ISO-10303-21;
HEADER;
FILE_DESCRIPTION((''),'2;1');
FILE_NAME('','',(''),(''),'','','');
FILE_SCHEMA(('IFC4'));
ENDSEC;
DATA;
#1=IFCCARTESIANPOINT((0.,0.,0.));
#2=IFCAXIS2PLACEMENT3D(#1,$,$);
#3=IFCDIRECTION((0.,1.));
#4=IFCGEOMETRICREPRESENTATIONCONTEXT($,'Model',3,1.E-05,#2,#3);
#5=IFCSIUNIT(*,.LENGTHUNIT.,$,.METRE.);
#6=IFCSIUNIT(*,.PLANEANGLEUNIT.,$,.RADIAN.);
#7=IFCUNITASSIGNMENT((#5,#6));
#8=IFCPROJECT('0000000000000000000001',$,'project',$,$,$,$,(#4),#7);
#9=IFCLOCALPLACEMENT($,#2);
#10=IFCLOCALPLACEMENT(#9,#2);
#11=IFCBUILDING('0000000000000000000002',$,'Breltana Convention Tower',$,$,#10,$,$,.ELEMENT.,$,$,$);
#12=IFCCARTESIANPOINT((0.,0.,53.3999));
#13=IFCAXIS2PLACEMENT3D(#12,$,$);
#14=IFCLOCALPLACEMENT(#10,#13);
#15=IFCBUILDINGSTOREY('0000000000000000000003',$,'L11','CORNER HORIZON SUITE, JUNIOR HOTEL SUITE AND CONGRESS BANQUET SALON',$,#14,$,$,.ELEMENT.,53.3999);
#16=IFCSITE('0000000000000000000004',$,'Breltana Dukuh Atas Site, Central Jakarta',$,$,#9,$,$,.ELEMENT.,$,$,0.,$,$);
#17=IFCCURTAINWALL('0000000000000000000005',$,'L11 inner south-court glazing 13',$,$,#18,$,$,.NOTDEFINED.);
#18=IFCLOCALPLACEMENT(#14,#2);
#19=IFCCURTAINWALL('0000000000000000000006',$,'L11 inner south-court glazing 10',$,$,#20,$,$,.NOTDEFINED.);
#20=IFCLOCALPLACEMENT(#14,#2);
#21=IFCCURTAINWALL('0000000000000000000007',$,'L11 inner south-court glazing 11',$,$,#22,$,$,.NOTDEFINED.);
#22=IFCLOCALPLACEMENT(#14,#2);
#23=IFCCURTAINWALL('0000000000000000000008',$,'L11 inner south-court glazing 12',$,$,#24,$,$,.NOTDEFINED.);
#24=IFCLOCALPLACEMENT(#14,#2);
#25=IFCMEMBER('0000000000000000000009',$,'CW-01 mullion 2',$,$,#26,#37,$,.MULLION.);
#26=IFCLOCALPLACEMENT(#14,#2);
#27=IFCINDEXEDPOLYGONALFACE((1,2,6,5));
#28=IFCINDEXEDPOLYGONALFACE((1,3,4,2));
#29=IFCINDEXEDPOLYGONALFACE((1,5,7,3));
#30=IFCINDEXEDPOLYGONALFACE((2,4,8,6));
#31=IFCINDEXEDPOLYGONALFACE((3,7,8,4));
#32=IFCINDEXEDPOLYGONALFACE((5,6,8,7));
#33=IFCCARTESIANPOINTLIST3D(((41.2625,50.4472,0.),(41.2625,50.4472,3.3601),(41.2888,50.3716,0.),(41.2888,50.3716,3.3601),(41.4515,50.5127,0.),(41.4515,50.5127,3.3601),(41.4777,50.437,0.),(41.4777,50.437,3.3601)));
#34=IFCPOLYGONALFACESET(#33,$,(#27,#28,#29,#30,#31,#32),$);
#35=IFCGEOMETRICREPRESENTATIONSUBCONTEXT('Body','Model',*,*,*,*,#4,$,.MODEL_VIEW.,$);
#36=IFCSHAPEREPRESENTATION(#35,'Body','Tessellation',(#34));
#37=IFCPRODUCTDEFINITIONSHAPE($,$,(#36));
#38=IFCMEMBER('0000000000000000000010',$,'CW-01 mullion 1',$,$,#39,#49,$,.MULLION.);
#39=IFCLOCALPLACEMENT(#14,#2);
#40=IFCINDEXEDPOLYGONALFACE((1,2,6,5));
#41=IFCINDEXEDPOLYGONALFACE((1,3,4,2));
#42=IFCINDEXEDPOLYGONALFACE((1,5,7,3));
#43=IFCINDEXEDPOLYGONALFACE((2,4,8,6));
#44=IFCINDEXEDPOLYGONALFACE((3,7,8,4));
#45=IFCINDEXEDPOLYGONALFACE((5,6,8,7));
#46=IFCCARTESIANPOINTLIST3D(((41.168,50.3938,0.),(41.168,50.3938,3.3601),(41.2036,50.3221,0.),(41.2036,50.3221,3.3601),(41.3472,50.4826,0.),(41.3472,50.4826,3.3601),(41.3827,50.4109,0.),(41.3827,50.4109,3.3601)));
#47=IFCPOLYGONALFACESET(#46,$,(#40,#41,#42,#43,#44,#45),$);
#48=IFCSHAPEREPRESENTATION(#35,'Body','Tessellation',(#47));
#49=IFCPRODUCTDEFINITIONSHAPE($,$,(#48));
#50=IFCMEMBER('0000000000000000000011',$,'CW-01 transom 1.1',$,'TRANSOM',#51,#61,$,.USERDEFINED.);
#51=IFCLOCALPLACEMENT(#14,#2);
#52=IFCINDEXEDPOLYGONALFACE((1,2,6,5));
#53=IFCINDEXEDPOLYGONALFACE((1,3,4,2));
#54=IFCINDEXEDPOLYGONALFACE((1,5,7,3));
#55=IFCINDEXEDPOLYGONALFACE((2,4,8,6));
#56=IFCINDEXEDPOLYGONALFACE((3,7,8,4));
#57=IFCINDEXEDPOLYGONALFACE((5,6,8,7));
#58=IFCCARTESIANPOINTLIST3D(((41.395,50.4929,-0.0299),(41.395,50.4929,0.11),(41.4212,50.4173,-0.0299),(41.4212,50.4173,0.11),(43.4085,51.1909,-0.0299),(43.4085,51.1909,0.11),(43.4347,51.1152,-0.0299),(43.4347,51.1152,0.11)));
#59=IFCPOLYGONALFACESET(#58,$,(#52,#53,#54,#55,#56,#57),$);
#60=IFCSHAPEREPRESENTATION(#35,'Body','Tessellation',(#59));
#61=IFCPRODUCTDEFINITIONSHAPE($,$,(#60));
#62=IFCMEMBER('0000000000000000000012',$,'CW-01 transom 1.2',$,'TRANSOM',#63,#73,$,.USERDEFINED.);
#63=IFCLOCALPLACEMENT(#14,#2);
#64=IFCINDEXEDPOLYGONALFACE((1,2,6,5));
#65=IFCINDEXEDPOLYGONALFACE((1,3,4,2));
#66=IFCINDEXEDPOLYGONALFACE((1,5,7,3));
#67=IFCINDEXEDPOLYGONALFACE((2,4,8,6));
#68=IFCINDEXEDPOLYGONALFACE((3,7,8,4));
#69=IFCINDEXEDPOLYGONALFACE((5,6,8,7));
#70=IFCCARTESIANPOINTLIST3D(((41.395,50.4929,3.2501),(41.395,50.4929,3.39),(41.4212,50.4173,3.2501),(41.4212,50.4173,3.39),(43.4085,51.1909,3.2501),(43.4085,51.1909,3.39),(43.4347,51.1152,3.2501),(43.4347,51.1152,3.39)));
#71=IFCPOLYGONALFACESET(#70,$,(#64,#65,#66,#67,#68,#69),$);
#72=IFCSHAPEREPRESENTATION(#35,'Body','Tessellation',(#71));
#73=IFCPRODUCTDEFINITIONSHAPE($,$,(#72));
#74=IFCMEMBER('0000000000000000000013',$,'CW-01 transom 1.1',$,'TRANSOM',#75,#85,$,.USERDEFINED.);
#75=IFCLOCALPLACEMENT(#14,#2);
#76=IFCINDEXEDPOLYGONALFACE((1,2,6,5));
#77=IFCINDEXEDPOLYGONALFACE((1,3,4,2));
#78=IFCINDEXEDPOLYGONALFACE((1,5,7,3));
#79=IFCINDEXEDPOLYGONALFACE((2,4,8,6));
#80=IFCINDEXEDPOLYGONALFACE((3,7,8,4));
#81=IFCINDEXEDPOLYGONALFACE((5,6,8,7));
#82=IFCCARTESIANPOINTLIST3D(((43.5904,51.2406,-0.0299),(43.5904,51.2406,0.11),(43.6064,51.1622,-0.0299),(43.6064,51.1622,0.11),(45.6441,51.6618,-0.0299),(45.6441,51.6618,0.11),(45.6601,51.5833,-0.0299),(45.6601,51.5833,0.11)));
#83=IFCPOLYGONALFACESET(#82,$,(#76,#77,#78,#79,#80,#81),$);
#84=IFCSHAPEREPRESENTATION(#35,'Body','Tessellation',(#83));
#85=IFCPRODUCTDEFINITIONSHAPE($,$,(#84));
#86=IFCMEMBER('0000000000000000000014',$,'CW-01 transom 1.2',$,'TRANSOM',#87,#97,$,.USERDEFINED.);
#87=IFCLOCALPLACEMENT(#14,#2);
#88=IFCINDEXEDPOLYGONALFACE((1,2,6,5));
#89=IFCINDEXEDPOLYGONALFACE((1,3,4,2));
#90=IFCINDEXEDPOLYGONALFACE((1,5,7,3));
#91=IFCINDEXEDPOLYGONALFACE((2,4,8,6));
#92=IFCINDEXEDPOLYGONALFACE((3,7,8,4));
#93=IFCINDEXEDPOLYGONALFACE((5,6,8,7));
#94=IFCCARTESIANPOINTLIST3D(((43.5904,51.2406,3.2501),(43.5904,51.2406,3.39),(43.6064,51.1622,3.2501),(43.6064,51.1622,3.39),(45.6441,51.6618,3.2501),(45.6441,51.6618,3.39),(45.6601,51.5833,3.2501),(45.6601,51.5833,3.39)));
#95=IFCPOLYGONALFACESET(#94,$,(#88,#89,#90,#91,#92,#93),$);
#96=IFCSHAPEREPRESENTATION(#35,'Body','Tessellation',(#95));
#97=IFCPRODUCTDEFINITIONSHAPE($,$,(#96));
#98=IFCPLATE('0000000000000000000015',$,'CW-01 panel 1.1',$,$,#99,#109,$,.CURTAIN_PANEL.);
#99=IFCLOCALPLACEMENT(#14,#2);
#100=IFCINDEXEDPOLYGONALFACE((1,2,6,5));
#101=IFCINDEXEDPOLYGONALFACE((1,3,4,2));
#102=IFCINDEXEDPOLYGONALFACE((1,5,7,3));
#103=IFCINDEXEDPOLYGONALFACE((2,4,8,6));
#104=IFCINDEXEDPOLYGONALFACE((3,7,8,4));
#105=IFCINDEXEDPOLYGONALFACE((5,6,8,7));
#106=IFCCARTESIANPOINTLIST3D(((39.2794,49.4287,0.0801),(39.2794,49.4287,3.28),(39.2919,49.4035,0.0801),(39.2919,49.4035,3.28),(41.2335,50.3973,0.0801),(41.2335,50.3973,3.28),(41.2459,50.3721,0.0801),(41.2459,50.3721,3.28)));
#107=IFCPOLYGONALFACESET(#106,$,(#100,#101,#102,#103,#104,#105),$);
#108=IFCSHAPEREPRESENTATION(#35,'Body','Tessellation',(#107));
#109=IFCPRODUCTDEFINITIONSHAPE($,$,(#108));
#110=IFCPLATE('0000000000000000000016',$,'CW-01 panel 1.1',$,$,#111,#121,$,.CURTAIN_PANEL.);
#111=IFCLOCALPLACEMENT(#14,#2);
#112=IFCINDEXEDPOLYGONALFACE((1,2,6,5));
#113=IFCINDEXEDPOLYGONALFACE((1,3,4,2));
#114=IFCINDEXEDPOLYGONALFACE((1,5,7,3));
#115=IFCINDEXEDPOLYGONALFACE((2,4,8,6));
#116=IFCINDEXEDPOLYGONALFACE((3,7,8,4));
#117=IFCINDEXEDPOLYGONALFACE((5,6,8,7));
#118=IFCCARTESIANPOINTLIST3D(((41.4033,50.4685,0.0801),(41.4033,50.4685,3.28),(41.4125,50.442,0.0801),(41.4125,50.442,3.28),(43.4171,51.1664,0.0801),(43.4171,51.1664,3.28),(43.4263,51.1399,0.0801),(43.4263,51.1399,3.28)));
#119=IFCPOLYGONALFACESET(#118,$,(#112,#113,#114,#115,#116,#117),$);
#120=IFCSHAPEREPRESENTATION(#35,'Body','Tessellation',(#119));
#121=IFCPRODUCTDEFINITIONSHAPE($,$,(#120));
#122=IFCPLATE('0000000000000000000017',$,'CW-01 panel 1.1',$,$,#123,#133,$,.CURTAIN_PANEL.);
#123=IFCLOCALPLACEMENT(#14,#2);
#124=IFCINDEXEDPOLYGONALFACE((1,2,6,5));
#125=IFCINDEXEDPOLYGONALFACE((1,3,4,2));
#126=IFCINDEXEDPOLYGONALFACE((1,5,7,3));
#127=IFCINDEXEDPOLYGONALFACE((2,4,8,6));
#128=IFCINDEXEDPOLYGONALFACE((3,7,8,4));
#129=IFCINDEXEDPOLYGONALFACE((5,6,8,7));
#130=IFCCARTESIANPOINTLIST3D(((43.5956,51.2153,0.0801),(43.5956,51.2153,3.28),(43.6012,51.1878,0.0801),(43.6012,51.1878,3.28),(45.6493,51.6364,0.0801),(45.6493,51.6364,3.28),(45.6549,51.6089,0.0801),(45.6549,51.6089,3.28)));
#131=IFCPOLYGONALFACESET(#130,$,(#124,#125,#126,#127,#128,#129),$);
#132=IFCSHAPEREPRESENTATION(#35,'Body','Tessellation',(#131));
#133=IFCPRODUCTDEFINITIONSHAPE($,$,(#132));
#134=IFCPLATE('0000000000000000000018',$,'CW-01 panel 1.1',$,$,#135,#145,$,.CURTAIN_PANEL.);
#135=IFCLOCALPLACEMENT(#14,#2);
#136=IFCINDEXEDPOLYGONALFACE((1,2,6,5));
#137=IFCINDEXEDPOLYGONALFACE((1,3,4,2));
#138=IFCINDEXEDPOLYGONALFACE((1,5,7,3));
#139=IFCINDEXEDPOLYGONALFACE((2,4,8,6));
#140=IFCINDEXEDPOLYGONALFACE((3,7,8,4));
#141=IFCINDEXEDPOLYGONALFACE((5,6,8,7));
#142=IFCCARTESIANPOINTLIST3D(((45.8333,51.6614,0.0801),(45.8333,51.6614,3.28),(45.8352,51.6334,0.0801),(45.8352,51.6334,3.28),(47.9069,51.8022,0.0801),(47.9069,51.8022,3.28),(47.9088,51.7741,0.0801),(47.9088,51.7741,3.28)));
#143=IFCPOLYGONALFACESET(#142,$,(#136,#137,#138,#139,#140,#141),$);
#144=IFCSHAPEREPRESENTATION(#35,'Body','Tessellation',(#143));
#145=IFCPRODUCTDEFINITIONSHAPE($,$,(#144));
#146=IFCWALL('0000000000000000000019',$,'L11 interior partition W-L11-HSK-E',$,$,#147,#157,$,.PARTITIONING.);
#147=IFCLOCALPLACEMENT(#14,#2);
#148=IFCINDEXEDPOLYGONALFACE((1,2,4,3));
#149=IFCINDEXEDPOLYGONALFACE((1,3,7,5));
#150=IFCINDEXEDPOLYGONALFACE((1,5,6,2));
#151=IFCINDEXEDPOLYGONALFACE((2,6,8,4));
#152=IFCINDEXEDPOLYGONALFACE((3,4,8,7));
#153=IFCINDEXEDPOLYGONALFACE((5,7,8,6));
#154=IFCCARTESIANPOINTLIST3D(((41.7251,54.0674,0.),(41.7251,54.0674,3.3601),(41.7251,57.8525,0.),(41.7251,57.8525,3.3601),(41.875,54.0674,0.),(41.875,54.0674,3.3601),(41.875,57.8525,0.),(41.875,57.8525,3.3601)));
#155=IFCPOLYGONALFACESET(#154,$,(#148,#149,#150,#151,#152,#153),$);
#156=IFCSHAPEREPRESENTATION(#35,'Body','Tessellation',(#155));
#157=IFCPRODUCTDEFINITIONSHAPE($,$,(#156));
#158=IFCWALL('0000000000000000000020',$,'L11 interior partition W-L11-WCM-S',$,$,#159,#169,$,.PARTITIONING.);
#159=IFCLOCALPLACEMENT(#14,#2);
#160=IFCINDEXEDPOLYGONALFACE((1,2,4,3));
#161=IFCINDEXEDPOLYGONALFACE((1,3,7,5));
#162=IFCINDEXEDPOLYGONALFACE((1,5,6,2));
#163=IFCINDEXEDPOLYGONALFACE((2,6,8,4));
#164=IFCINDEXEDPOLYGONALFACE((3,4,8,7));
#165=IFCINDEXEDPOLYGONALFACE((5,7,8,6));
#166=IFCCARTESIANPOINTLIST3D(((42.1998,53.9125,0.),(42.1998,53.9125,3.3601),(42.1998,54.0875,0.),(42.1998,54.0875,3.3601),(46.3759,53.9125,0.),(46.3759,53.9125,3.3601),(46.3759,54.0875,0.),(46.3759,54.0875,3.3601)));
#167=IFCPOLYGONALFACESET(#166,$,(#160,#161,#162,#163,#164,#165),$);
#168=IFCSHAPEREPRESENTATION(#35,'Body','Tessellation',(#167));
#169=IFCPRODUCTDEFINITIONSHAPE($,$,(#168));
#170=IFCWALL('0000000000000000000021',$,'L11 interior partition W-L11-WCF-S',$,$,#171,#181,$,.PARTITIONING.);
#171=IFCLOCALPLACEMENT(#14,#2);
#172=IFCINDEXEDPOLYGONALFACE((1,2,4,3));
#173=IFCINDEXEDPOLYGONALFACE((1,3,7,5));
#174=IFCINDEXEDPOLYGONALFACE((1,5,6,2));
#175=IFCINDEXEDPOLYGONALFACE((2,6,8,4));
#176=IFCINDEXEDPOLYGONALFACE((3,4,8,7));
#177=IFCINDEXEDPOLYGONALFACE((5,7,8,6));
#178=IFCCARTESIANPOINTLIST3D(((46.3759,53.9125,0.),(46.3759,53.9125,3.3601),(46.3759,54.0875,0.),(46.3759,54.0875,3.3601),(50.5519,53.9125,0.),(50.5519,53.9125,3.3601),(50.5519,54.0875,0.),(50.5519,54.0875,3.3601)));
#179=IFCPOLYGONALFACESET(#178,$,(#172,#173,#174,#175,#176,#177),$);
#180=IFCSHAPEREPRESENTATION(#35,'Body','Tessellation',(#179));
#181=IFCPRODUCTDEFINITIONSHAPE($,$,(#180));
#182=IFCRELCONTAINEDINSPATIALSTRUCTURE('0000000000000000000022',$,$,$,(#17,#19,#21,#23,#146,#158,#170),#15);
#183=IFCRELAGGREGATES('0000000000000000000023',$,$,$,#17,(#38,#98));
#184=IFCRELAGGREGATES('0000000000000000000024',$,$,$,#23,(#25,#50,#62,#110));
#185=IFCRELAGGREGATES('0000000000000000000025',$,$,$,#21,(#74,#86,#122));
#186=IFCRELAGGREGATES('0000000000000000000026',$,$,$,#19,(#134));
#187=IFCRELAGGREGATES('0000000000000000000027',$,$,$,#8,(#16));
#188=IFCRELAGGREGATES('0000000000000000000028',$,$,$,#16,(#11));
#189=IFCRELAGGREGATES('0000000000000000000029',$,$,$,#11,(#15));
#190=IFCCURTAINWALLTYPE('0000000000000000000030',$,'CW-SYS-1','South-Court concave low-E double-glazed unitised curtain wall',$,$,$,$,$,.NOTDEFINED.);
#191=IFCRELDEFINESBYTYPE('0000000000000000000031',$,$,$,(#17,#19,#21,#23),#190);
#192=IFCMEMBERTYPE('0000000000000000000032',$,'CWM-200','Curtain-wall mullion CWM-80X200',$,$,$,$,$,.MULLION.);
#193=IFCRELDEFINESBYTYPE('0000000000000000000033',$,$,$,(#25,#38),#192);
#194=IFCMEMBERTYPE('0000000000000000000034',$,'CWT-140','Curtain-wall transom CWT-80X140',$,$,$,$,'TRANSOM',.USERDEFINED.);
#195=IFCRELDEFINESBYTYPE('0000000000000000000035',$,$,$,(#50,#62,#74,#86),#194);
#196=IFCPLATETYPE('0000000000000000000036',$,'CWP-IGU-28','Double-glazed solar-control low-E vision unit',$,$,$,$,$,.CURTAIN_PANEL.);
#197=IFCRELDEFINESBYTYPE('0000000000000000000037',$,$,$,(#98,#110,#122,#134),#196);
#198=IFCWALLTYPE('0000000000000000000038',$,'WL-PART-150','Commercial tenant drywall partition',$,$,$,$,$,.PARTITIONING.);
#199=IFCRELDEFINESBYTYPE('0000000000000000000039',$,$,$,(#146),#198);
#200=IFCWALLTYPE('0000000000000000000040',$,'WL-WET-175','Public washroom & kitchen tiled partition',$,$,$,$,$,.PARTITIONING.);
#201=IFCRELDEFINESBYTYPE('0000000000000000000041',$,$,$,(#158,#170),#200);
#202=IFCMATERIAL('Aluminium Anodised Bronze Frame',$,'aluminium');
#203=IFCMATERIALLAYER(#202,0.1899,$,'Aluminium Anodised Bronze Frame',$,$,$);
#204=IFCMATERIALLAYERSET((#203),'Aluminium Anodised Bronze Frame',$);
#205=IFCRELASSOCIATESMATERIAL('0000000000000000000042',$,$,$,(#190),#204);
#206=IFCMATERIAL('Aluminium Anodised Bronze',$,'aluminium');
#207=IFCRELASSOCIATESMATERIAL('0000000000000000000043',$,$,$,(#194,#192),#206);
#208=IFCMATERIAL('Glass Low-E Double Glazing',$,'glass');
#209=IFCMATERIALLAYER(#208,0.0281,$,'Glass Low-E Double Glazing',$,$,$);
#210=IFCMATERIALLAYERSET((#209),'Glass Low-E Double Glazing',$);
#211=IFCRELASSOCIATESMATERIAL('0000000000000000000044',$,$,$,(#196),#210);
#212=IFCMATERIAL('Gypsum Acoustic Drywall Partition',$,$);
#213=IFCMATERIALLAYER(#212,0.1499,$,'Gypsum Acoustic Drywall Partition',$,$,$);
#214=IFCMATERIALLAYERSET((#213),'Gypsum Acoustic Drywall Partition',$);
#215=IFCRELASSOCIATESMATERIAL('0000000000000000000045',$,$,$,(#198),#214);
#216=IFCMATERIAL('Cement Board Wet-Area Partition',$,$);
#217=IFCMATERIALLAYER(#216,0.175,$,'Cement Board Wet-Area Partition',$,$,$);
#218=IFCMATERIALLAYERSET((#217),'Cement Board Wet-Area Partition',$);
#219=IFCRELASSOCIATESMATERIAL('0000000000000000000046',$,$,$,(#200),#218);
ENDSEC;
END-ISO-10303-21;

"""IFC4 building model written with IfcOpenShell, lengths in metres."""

from ifc_helpers import new_model, si_unit, direction, frame, frame_2d, origin, origin_2d, place, context, subcontext, project, spatial, rectangle, extrude, source, transform, mapped, material, layer, layer_set, material_profile, profile_set, type_object, element, aggregate, save


model = new_model("IFC4")

# Units and contexts
model_context = context("Model", 3, precision=1e-05, world=origin(), true_north=direction((0.0, 1.0)))
body_context = subcontext(model_context, "Body", "Model", "MODEL_VIEW")
ifc_project = project(units=[si_unit("LENGTHUNIT", "METRE"), si_unit("PLANEANGLEUNIT", "RADIAN")], contexts=[model_context])

# Site, building, storey
site_placement = place(None, origin())
site = spatial("IfcSite", under=ifc_project, at=site_placement, Name="Breltana Dukuh Atas Site, Central Jakarta", CompositionType="ELEMENT", RefElevation=0.0)
building_placement = place(site_placement, origin())
building = spatial("IfcBuilding", under=site, at=building_placement, Name="Breltana Convention Tower", CompositionType="ELEMENT")
storey_placement = place(building_placement, frame((0.0, 0.0, 53.3999)))
storey = spatial("IfcBuildingStorey", under=building, at=storey_placement, Name="L11", Description="CORNER HORIZON SUITE, JUNIOR HOTEL SUITE AND CONGRESS BANQUET SALON", CompositionType="ELEMENT", Elevation=53.3999)

# Curtain walls, member
ifc_material_1 = material(Name="Aluminium Anodised Bronze Frame", Category="aluminium")
ifc_layer_1 = layer(ifc_material_1, 0.1899, Name="Aluminium Anodised Bronze Frame")
ifc_layer_set_1 = layer_set([ifc_layer_1], Name="Aluminium Anodised Bronze Frame")
curtain_wall_type = type_object("IfcCurtainWallType", Name="CW-SYS-1", Description="South-Court concave low-E double-glazed unitised curtain wall", PredefinedType="NOTDEFINED", material=ifc_layer_set_1)
curtain_wall_1_placement = place(storey_placement, origin())
curtain_wall_1 = element("IfcCurtainWall", 1, at=curtain_wall_1_placement, inside=storey, type_object=curtain_wall_type, Name="L11 inner south-court glazing 13", PredefinedType="NOTDEFINED")
ifc_material_2 = material(Name="Aluminium Anodised Bronze", Category="aluminium")
ifc_material_profile_1 = material_profile(ifc_material_2, rectangle(XDim=0.0801, YDim=0.1399, at=origin_2d()), Name="CWT-80X140")
ifc_profile_set_1 = profile_set([ifc_material_profile_1], Name="Aluminium Anodised Bronze")
member_type_1 = type_object("IfcMemberType", Name="CWT-140", Description="Curtain-wall transom CWT-80X140", ElementType="TRANSOM", PredefinedType="USERDEFINED", material=ifc_profile_set_1)
curtain_wall_2_placement = place(storey_placement, origin())
curtain_wall_2 = element("IfcCurtainWall", 2, at=curtain_wall_2_placement, inside=storey, type_object=curtain_wall_type, Name="L11 inner south-court glazing 10", PredefinedType="NOTDEFINED")
ifc_material_profile_2 = material_profile(ifc_material_2, rectangle(XDim=0.0801, YDim=0.2, at=origin_2d()), Name="CWM-80X200")
ifc_profile_set_2 = profile_set([ifc_material_profile_2], Name="Aluminium Anodised Bronze")
member_type_2 = type_object("IfcMemberType", Name="CWM-200", Description="Curtain-wall mullion CWM-80X200", PredefinedType="MULLION", material=ifc_profile_set_2)
shared_shape_1 = source(origin(), body_context, "Body", "SweptSolid", [
    extrude(rectangle(XDim=0.0801, YDim=0.2, at=origin_2d()), origin(), (0.0, 0.0, 1.0), 3.3601),
])
curtain_wall_3_placement = place(storey_placement, origin())
curtain_wall_3 = element("IfcCurtainWall", 3, at=curtain_wall_3_placement, inside=storey, type_object=curtain_wall_type, Name="L11 inner south-court glazing 11", PredefinedType="NOTDEFINED")
curtain_wall_4_placement = place(storey_placement, origin())
curtain_wall_4 = element("IfcCurtainWall", 4, at=curtain_wall_4_placement, inside=storey, type_object=curtain_wall_type, Name="L11 inner south-court glazing 12", PredefinedType="NOTDEFINED")
member_1_placement = place(storey_placement, frame((41.3701, 50.4421, 0.0), z_axis=(0.0, 0.0, 1.0), x_axis=(0.327413, -0.944881, 0.0)))
member_1 = element("IfcMember", 5, at=member_1_placement, type_object=member_type_2, Name="CW-01 mullion 2", PredefinedType="MULLION", context=body_context, shape_type="MappedRepresentation", body=[
    mapped(shared_shape_1, transform((0.0, 0.0, 0.0), scale=1.0)),
])

# Members
member_2_placement = place(storey_placement, frame((41.2754, 50.4023, 0.0), z_axis=(0.0, 0.0, 1.0), x_axis=(0.444118, -0.895968, 0.0)))
member_2 = element("IfcMember", 6, at=member_2_placement, type_object=member_type_2, Name="CW-01 mullion 1", PredefinedType="MULLION", context=body_context, shape_type="MappedRepresentation", body=[
    mapped(shared_shape_1, transform((0.0, 0.0, 0.0), scale=1.0)),
])
shared_shape_2 = source(origin(), body_context, "Body", "SweptSolid", [
    extrude(rectangle(XDim=0.0801, YDim=0.1399, at=origin_2d()), origin(), (0.0, 0.0, 1.0), 2.1311),
])
member_3_placement = place(storey_placement, frame((43.4216, 51.1531, 0.04), z_axis=(-0.944847, -0.327512, 0.0), x_axis=(0.327512, -0.944847, 0.0)))
member_3 = element("IfcMember", 7, at=member_3_placement, type_object=member_type_1, Name="CW-01 transom 1.1", ObjectType="TRANSOM", PredefinedType="USERDEFINED", context=body_context, shape_type="MappedRepresentation", body=[
    mapped(shared_shape_2, transform((0.0, 0.0, 0.0), scale=1.0)),
])
member_4_placement = place(storey_placement, frame((43.4216, 51.1531, 3.3201), z_axis=(-0.944847, -0.327512, 0.0), x_axis=(0.327512, -0.944847, 0.0)))
member_4 = element("IfcMember", 8, at=member_4_placement, type_object=member_type_1, Name="CW-01 transom 1.2", ObjectType="TRANSOM", PredefinedType="USERDEFINED", context=body_context, shape_type="MappedRepresentation", body=[
    mapped(shared_shape_2, transform((0.0, 0.0, 0.0), scale=1.0)),
])
shared_shape_3 = source(origin(), body_context, "Body", "SweptSolid", [
    extrude(rectangle(XDim=0.0801, YDim=0.1399, at=origin_2d()), origin(), (0.0, 0.0, 1.0), 2.0964),
])
member_5_placement = place(storey_placement, frame((45.6521, 51.6226, 0.04), z_axis=(-0.979615, -0.200884, 0.0), x_axis=(0.200884, -0.979615, 0.0)))
member_5 = element("IfcMember", 9, at=member_5_placement, type_object=member_type_1, Name="CW-01 transom 1.1", ObjectType="TRANSOM", PredefinedType="USERDEFINED", context=body_context, shape_type="MappedRepresentation", body=[
    mapped(shared_shape_3, transform((0.0, 0.0, 0.0), scale=1.0)),
])
member_6_placement = place(storey_placement, frame((45.6521, 51.6226, 3.3201), z_axis=(-0.979615, -0.200884, 0.0), x_axis=(0.200884, -0.979615, 0.0)))
member_6 = element("IfcMember", 10, at=member_6_placement, type_object=member_type_1, Name="CW-01 transom 1.2", ObjectType="TRANSOM", PredefinedType="USERDEFINED", context=body_context, shape_type="MappedRepresentation", body=[
    mapped(shared_shape_3, transform((0.0, 0.0, 0.0), scale=1.0)),
])

# Plates
ifc_material_3 = material(Name="Glass Low-E Double Glazing", Category="glass")
ifc_layer_2 = layer(ifc_material_3, 0.0281, Name="Glass Low-E Double Glazing")
ifc_layer_set_2 = layer_set([ifc_layer_2], Name="Glass Low-E Double Glazing")
plate_type = type_object("IfcPlateType", Name="CWP-IGU-28", Description="Double-glazed solar-control low-E vision unit", PredefinedType="CURTAIN_PANEL", material=ifc_layer_set_2)
shared_shape_4 = source(origin(), body_context, "Body", "SweptSolid", [
    extrude(rectangle(XDim=2.1809, YDim=0.0281, at=origin_2d()), origin(), (0.0, 0.0, 1.0), 3.2),
])
plate_1_placement = place(storey_placement, frame((40.2627, 49.9004, 0.0801), z_axis=(0.0, 0.0, 1.0), x_axis=(-0.895968, -0.444118, 0.0)))
plate_1 = element("IfcPlate", 11, at=plate_1_placement, type_object=plate_type, Name="CW-01 panel 1.1", PredefinedType="CURTAIN_PANEL", context=body_context, shape_type="MappedRepresentation", body=[
    mapped(shared_shape_4, transform((0.0, 0.0, 0.0), scale=1.0)),
])
aggregate(curtain_wall_1, [member_2, plate_1])
shared_shape_5 = source(origin(), body_context, "Body", "SweptSolid", [
    extrude(rectangle(XDim=2.1313, YDim=0.0281, at=origin_2d()), origin(), (0.0, 0.0, 1.0), 3.2),
])
plate_2_placement = place(storey_placement, frame((42.4148, 50.8042, 0.0801), z_axis=(0.0, 0.0, 1.0), x_axis=(-0.944881, -0.327413, 0.0)))
plate_2 = element("IfcPlate", 12, at=plate_2_placement, type_object=plate_type, Name="CW-01 panel 1.1", PredefinedType="CURTAIN_PANEL", context=body_context, shape_type="MappedRepresentation", body=[
    mapped(shared_shape_5, transform((0.0, 0.0, 0.0), scale=1.0)),
])
aggregate(curtain_wall_4, [member_1, member_3, member_4, plate_2])
shared_shape_6 = source(origin(), body_context, "Body", "SweptSolid", [
    extrude(rectangle(XDim=2.0964, YDim=0.0281, at=origin_2d()), origin(), (0.0, 0.0, 1.0), 3.2),
])
plate_3_placement = place(storey_placement, frame((44.6252, 51.4121, 0.0801), z_axis=(0.0, 0.0, 1.0), x_axis=(-0.979615, -0.200886, 0.0)))
plate_3 = element("IfcPlate", 13, at=plate_3_placement, type_object=plate_type, Name="CW-01 panel 1.1", PredefinedType="CURTAIN_PANEL", context=body_context, shape_type="MappedRepresentation", body=[
    mapped(shared_shape_6, transform((0.0, 0.0, 0.0), scale=1.0)),
])
aggregate(curtain_wall_3, [member_5, member_6, plate_3])
shared_shape_7 = source(origin(), body_context, "Body", "SweptSolid", [
    extrude(rectangle(XDim=2.0784, YDim=0.0281, at=origin_2d()), origin(), (0.0, 0.0, 1.0), 3.2),
])
plate_4_placement = place(storey_placement, frame((46.8711, 51.7178, 0.0801), z_axis=(0.0, 0.0, 1.0), x_axis=(-0.997704, -0.067726, 0.0)))
plate_4 = element("IfcPlate", 14, at=plate_4_placement, type_object=plate_type, Name="CW-01 panel 1.1", PredefinedType="CURTAIN_PANEL", context=body_context, shape_type="MappedRepresentation", body=[
    mapped(shared_shape_7, transform((0.0, 0.0, 0.0), scale=1.0)),
])
aggregate(curtain_wall_2, [plate_4])

# Walls
ifc_material_4 = material(Name="Gypsum Acoustic Drywall Partition")
ifc_layer_3 = layer(ifc_material_4, 0.1499, Name="Gypsum Acoustic Drywall Partition")
ifc_layer_set_3 = layer_set([ifc_layer_3], Name="Gypsum Acoustic Drywall Partition")
wall_type_1 = type_object("IfcWallType", Name="WL-PART-150", Description="Commercial tenant drywall partition", PredefinedType="PARTITIONING", material=ifc_layer_set_3)
shared_shape_8 = source(origin(), body_context, "Body", "SweptSolid", [
    extrude(rectangle(XDim=3.7852, YDim=0.1499, at=frame_2d((1.8926, 0.0))), origin(), (0.0, 0.0, 1.0), 3.3601),
])
wall_1_placement = place(storey_placement, frame((41.8, 54.0674, 0.0), z_axis=(0.0, 0.0, 1.0), x_axis=(0.0, 1.0, 0.0)))
element("IfcWall", 15, at=wall_1_placement, inside=storey, type_object=wall_type_1, Name="L11 interior partition W-L11-HSK-E", PredefinedType="PARTITIONING", context=body_context, shape_type="MappedRepresentation", body=[
    mapped(shared_shape_8, transform((0.0, 0.0, 0.0), scale=1.0)),
])
ifc_material_5 = material(Name="Cement Board Wet-Area Partition")
ifc_layer_4 = layer(ifc_material_5, 0.175, Name="Cement Board Wet-Area Partition")
ifc_layer_set_4 = layer_set([ifc_layer_4], Name="Cement Board Wet-Area Partition")
wall_type_2 = type_object("IfcWallType", Name="WL-WET-175", Description="Public washroom & kitchen tiled partition", PredefinedType="PARTITIONING", material=ifc_layer_set_4)
shared_shape_9 = source(origin(), body_context, "Body", "SweptSolid", [
    extrude(rectangle(XDim=4.176, YDim=0.175, at=frame_2d((2.0879, 0.0))), origin(), (0.0, 0.0, 1.0), 3.3601),
])
for number, where, z_axis, x_axis, name in (
    (16, (42.2, 54.0, 0.0), (0.0, 0.0, 1.0), (1.0, 0.0, 0.0), "L11 interior partition W-L11-WCM-S"),
    (17, (46.376, 54.0, 0.0), (0.0, 0.0, 1.0), (1.0, 0.0, 0.0), "L11 interior partition W-L11-WCF-S"),
):
    element("IfcWall", number, at=place(storey_placement, frame(where, z_axis=z_axis, x_axis=x_axis)), inside=storey, type_object=wall_type_2, Name=name, PredefinedType="PARTITIONING", context=body_context, shape_type="MappedRepresentation", body=[
        mapped(shared_shape_9, transform((0.0, 0.0, 0.0), scale=1.0)),
    ])

save(model, "model.ifc")
